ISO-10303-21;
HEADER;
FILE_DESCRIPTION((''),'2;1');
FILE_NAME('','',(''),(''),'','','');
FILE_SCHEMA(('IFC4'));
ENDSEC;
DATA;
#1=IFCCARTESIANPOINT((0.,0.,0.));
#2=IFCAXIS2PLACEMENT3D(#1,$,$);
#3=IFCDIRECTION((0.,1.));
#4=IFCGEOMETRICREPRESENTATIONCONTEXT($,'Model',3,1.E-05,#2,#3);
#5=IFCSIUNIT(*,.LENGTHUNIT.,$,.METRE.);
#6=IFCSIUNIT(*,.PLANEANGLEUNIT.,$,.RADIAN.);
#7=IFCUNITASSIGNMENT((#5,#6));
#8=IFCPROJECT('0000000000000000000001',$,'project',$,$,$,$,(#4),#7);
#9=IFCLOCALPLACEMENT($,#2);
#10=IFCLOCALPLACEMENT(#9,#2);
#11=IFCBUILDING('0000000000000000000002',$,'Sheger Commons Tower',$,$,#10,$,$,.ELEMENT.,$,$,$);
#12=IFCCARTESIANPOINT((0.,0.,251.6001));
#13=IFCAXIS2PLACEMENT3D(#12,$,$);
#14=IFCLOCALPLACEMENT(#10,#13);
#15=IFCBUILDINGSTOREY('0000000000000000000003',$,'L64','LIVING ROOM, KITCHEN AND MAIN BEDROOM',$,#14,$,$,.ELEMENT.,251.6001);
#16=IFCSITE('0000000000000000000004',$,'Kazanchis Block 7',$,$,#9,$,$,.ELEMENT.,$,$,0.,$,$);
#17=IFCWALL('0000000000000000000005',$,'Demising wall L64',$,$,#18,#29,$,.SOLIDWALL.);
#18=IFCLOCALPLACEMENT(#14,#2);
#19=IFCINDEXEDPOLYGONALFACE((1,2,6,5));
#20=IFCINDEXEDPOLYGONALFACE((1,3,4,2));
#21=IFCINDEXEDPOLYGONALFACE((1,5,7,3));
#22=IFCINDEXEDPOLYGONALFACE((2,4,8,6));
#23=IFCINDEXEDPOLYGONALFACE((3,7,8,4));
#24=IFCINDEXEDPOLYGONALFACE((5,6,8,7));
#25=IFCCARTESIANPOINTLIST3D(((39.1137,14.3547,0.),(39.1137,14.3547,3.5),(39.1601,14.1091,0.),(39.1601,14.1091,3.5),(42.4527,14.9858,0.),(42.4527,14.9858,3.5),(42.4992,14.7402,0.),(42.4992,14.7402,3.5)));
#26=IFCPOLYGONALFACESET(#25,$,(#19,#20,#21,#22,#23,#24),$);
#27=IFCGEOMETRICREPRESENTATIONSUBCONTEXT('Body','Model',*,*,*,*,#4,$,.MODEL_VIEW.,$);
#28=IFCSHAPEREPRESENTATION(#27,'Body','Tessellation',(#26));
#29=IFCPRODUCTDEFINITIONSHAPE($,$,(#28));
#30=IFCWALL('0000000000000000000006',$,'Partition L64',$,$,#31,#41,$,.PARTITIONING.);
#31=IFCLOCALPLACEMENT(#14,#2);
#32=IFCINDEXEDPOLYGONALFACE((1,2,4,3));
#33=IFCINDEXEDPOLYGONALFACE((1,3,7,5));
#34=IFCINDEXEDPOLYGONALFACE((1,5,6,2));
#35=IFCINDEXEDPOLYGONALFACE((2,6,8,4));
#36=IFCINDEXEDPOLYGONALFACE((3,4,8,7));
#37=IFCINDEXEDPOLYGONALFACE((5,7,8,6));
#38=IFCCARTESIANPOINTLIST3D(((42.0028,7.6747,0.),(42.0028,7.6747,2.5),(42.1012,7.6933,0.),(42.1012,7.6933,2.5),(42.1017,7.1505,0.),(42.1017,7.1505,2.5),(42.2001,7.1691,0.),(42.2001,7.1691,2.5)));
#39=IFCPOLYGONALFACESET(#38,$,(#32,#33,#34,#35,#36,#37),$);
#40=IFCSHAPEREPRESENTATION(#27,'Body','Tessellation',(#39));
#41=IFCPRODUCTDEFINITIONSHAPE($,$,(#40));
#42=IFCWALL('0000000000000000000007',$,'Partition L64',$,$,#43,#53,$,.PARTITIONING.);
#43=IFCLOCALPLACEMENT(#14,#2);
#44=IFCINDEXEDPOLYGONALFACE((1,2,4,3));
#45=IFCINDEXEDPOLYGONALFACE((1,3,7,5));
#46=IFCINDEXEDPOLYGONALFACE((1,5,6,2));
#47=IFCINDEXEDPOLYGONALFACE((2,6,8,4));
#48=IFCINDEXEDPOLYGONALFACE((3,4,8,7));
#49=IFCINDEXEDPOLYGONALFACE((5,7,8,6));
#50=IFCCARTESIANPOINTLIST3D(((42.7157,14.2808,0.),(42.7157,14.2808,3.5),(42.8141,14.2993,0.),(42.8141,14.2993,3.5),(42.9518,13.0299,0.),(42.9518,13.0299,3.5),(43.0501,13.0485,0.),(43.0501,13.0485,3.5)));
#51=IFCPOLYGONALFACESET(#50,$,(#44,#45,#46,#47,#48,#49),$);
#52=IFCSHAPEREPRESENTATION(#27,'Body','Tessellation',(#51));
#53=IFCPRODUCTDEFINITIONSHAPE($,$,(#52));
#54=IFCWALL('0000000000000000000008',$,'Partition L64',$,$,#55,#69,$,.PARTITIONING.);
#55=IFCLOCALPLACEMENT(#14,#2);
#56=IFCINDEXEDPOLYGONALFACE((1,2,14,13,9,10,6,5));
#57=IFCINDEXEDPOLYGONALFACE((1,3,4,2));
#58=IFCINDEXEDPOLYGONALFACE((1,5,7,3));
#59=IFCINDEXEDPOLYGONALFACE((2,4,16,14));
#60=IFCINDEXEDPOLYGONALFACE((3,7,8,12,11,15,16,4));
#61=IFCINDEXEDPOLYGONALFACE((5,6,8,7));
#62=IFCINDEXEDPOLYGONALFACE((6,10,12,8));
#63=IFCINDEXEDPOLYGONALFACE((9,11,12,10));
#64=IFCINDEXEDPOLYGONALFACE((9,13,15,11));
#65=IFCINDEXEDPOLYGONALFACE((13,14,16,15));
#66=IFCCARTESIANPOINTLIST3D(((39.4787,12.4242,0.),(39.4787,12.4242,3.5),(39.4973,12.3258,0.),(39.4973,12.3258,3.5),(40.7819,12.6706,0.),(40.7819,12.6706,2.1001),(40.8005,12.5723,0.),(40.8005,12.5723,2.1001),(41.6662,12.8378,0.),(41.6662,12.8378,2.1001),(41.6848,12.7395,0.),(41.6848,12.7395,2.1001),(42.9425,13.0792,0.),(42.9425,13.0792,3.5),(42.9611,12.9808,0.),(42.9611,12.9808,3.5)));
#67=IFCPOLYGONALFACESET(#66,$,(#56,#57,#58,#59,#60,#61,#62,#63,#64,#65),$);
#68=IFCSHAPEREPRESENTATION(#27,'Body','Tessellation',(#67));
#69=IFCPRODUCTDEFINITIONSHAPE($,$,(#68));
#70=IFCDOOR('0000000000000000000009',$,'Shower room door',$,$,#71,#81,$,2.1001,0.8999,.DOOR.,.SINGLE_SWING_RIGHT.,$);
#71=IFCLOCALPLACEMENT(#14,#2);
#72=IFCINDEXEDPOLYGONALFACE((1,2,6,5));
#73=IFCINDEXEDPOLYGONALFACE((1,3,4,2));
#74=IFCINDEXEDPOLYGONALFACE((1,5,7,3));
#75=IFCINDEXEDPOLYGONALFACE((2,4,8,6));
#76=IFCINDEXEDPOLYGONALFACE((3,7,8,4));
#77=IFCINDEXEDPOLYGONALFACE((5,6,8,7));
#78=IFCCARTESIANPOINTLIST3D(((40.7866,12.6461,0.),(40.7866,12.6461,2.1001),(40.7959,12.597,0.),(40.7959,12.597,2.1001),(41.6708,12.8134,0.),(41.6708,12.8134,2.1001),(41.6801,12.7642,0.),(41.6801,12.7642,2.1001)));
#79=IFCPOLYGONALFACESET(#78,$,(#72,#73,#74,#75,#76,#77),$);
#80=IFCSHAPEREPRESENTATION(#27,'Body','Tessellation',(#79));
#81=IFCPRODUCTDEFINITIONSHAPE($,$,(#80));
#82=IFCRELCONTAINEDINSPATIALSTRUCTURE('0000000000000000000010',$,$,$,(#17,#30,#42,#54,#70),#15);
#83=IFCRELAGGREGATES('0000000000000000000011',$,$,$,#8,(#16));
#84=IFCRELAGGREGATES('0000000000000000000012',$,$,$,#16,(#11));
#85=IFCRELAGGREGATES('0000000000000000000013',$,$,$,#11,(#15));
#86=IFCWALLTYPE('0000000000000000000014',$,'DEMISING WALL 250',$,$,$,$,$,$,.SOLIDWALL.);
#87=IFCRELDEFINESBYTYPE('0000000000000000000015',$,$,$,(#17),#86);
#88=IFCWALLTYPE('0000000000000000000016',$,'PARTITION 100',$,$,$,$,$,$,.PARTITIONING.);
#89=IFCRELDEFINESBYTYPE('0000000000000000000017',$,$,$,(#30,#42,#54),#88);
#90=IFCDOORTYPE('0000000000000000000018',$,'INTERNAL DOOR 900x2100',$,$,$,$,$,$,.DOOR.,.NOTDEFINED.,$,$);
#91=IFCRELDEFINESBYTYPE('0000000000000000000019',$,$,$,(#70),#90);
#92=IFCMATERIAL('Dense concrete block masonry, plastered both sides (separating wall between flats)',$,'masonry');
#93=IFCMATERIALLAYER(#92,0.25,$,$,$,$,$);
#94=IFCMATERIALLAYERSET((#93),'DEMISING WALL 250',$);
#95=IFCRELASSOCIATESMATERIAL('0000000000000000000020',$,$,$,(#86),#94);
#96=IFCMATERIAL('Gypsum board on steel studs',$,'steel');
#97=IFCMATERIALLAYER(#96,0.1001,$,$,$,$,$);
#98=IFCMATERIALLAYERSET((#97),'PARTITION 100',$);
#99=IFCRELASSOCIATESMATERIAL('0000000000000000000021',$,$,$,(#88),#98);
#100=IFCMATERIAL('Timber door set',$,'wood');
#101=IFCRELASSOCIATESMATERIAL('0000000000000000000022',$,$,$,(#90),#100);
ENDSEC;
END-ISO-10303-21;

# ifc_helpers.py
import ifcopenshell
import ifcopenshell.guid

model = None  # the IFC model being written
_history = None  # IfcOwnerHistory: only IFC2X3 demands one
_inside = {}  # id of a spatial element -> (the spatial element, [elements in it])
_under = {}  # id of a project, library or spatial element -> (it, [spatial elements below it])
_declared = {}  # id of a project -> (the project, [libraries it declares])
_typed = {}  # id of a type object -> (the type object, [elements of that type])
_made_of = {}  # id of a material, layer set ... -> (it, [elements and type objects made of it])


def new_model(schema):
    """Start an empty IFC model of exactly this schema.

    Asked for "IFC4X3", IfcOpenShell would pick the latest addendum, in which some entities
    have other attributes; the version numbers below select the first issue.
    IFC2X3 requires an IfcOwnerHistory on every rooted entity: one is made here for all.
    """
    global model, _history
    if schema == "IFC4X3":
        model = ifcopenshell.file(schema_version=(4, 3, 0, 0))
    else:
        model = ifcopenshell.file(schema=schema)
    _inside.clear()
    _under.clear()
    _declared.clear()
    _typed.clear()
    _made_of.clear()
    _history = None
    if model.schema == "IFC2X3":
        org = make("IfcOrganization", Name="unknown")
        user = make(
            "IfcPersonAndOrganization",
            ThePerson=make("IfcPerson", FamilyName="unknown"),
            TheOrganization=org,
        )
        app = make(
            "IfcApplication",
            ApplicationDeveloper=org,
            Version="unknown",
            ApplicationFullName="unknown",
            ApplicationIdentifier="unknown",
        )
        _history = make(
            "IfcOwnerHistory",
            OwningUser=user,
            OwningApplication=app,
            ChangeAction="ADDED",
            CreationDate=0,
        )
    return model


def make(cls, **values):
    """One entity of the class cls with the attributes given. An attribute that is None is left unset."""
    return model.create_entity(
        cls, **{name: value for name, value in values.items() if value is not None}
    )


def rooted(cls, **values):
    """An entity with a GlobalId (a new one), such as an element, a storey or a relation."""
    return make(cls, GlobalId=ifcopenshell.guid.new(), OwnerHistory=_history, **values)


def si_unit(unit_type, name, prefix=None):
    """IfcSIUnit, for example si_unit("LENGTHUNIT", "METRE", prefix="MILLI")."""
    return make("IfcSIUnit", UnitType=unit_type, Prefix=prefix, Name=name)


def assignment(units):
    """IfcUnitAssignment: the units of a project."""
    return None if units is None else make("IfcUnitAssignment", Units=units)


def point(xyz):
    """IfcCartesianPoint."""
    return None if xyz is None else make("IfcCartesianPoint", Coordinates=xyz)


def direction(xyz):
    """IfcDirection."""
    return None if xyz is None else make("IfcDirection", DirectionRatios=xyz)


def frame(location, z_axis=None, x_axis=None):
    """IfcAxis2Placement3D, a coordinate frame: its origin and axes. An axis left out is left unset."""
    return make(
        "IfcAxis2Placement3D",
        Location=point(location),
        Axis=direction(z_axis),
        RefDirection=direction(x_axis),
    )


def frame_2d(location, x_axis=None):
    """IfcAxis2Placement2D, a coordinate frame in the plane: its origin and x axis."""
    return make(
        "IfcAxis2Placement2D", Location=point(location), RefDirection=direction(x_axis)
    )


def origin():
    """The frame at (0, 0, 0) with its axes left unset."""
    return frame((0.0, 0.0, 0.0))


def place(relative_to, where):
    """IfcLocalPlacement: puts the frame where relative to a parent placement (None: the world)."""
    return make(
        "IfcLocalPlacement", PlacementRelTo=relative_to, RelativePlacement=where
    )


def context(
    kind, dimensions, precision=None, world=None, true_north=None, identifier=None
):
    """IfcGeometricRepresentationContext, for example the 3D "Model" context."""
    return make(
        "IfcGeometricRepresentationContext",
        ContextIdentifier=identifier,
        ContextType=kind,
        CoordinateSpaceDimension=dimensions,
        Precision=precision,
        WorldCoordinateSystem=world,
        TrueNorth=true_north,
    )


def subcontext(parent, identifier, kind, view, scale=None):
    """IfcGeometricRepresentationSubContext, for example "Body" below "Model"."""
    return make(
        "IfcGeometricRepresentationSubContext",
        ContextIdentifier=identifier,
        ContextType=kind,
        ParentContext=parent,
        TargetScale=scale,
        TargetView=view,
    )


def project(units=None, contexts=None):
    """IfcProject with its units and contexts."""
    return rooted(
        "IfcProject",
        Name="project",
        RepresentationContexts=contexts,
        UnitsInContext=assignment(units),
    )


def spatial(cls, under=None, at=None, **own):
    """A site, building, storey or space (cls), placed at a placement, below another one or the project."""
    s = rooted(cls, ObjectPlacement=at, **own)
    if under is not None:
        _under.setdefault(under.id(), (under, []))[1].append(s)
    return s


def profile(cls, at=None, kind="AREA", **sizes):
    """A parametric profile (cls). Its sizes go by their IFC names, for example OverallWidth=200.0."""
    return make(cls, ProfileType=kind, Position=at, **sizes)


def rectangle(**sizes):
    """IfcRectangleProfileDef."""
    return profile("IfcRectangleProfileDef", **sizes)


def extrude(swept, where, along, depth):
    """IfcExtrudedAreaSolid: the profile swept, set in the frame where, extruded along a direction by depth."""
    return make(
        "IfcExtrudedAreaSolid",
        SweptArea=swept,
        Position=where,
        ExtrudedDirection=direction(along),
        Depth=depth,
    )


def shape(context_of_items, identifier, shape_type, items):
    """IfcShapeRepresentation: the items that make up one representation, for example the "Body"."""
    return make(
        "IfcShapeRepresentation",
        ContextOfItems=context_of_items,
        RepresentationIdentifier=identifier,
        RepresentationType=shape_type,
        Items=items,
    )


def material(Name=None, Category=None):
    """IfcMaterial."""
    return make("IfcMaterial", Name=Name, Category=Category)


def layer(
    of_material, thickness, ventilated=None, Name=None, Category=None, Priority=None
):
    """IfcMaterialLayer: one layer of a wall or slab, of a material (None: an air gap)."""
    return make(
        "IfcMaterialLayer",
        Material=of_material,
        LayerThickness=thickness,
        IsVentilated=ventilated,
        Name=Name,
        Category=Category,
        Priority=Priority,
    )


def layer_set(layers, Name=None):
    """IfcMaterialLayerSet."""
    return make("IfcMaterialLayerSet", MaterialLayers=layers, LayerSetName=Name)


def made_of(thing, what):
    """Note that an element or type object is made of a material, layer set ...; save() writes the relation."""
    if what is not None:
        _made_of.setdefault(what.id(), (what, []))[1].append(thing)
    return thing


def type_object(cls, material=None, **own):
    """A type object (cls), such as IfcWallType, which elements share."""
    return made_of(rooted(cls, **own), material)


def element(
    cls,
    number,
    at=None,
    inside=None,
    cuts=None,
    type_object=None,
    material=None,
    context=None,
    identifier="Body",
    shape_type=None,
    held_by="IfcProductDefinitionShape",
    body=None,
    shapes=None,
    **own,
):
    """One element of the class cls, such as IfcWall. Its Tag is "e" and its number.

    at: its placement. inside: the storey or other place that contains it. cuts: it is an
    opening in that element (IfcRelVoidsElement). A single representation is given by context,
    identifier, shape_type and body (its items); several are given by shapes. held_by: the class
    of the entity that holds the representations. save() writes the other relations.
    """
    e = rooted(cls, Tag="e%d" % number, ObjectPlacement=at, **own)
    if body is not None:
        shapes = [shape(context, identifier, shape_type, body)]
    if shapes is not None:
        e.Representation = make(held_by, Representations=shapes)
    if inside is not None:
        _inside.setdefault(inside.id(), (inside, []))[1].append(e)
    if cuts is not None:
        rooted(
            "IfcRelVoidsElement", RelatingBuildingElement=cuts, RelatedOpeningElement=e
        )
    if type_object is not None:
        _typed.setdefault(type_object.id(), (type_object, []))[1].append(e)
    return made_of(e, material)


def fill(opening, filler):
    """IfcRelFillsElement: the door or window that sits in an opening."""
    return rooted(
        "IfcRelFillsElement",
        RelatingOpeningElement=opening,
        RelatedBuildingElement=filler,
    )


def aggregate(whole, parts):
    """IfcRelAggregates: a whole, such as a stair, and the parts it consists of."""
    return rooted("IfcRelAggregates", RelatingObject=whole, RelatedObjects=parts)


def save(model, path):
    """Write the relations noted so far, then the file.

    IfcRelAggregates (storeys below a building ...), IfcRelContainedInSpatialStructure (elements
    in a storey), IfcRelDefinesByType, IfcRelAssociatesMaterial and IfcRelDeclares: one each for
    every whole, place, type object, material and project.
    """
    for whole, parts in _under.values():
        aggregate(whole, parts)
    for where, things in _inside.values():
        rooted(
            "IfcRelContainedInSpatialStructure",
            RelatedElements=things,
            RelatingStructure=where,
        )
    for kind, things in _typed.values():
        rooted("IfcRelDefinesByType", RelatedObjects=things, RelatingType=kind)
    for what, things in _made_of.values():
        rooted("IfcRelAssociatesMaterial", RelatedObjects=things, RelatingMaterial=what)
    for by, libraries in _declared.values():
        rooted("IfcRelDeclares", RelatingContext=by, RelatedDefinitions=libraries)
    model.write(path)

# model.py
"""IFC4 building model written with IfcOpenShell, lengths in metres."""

from ifc_helpers import new_model, si_unit, direction, frame, frame_2d, origin, place, context, subcontext, project, spatial, rectangle, extrude, material, layer, layer_set, type_object, element, fill, save


model = new_model("IFC4")

# Units and contexts
model_context = context("Model", 3, precision=1e-05, world=origin(), true_north=direction((0.0, 1.0)))
body_context = subcontext(model_context, "Body", "Model", "MODEL_VIEW")
ifc_project = project(units=[si_unit("LENGTHUNIT", "METRE"), si_unit("PLANEANGLEUNIT", "RADIAN")], contexts=[model_context])

# Site, building, storey
site_placement = place(None, origin())
site = spatial("IfcSite", under=ifc_project, at=site_placement, Name="Kazanchis Block 7", CompositionType="ELEMENT", RefElevation=0.0)
building_placement = place(site_placement, origin())
building = spatial("IfcBuilding", under=site, at=building_placement, Name="Sheger Commons Tower", CompositionType="ELEMENT")
storey_placement = place(building_placement, frame((0.0, 0.0, 251.6001)))
storey = spatial("IfcBuildingStorey", under=building, at=storey_placement, Name="L64", Description="LIVING ROOM, KITCHEN AND MAIN BEDROOM", CompositionType="ELEMENT", Elevation=251.6001)

# Walls
ifc_material_1 = material(Name="Dense concrete block masonry, plastered both sides (separating wall between flats)", Category="masonry")
ifc_layer_1 = layer(ifc_material_1, 0.25)
ifc_layer_set_1 = layer_set([ifc_layer_1], Name="DEMISING WALL 250")
wall_type_1 = type_object("IfcWallType", Name="DEMISING WALL 250", PredefinedType="SOLIDWALL", material=ifc_layer_set_1)
wall_1_placement = place(storey_placement, frame((42.4761, 14.863, 0.0), z_axis=(0.0, 0.0, 1.0), x_axis=(-0.982604, -0.185715, 0.0)))
element("IfcWall", 1, at=wall_1_placement, inside=storey, type_object=wall_type_1, Name="Demising wall L64", PredefinedType="SOLIDWALL", context=body_context, shape_type="SweptSolid", body=[
    extrude(rectangle(XDim=3.3982, YDim=0.25, at=frame_2d((1.6992, 0.0))), origin(), (0.0, 0.0, 1.0), 3.5),
])
ifc_material_2 = material(Name="Gypsum board on steel studs", Category="steel")
ifc_layer_2 = layer(ifc_material_2, 0.1001)
ifc_layer_set_2 = layer_set([ifc_layer_2], Name="PARTITION 100")
wall_type_2 = type_object("IfcWallType", Name="PARTITION 100", PredefinedType="PARTITIONING", material=ifc_layer_set_2)
wall_2_placement = place(storey_placement, frame((42.1509, 7.1599, 0.0), z_axis=(0.0, 0.0, 1.0), x_axis=(-0.185366, 0.98267, 0.0)))
element("IfcWall", 2, at=wall_2_placement, inside=storey, type_object=wall_type_2, Name="Partition L64", PredefinedType="PARTITIONING", context=body_context, shape_type="SweptSolid", body=[
    extrude(rectangle(XDim=0.5334, YDim=0.1001, at=frame_2d((0.2666, 0.0))), origin(), (0.0, 0.0, 1.0), 2.5),
])
wall_3_placement = place(storey_placement, frame((42.7649, 14.29, 0.0), z_axis=(0.0, 0.0, 1.0), x_axis=(0.185446, -0.982654, 0.0)))
element("IfcWall", 3, at=wall_3_placement, inside=storey, type_object=wall_type_2, Name="Partition L64", PredefinedType="PARTITIONING", context=body_context, shape_type="SweptSolid", body=[
    extrude(rectangle(XDim=1.2729, YDim=0.1001, at=frame_2d((0.6365, 0.0))), origin(), (0.0, 0.0, 1.0), 3.5),
])

# Wall, opening, door
wall_4_placement = place(storey_placement, frame((42.9519, 13.03, 0.0), z_axis=(0.0, 0.0, 1.0), x_axis=(-0.982586, -0.18581, 0.0)))
wall_4 = element("IfcWall", 4, at=wall_4_placement, inside=storey, type_object=wall_type_2, Name="Partition L64", PredefinedType="PARTITIONING", context=body_context, shape_type="SweptSolid", body=[
    extrude(rectangle(XDim=3.5251, YDim=0.1001, at=frame_2d((1.7627, 0.0))), origin(), (0.0, 0.0, 1.0), 3.5),
])
opening_placement = place(wall_4_placement, frame((1.2991, 0.0, 0.0)))
opening = element("IfcOpeningElement", 5, at=opening_placement, cuts=wall_4, PredefinedType="OPENING", context=body_context, shape_type="SweptSolid", body=[
    extrude(rectangle(XDim=0.8999, YDim=2.1001, at=frame_2d((0.45, 1.05))), frame((0.0, 0.0601, 0.0), z_axis=(0.0, -1.0, 0.0), x_axis=(1.0, 0.0, 0.0)), (0.0, 0.0, 1.0), 0.1201),
])
ifc_material_3 = material(Name="Timber door set", Category="wood")
door_type = type_object("IfcDoorType", Name="INTERNAL DOOR 900x2100", OperationType="NOTDEFINED", PredefinedType="DOOR", material=ifc_material_3)
door_placement = place(opening_placement, origin())
door = element("IfcDoor", 6, at=door_placement, inside=storey, type_object=door_type, Name="Shower room door", OperationType="SINGLE_SWING_RIGHT", OverallHeight=2.1001, OverallWidth=0.8999, PredefinedType="DOOR", context=body_context, shape_type="SweptSolid", body=[
    extrude(rectangle(XDim=0.8999, YDim=2.1001, at=frame_2d((0.45, 1.05))), frame((0.0, 0.0249, 0.0), z_axis=(0.0, -1.0, 0.0), x_axis=(1.0, 0.0, 0.0)), (0.0, 0.0, 1.0), 0.05),
])
fill(opening, door)

save(model, "model.ifc")
